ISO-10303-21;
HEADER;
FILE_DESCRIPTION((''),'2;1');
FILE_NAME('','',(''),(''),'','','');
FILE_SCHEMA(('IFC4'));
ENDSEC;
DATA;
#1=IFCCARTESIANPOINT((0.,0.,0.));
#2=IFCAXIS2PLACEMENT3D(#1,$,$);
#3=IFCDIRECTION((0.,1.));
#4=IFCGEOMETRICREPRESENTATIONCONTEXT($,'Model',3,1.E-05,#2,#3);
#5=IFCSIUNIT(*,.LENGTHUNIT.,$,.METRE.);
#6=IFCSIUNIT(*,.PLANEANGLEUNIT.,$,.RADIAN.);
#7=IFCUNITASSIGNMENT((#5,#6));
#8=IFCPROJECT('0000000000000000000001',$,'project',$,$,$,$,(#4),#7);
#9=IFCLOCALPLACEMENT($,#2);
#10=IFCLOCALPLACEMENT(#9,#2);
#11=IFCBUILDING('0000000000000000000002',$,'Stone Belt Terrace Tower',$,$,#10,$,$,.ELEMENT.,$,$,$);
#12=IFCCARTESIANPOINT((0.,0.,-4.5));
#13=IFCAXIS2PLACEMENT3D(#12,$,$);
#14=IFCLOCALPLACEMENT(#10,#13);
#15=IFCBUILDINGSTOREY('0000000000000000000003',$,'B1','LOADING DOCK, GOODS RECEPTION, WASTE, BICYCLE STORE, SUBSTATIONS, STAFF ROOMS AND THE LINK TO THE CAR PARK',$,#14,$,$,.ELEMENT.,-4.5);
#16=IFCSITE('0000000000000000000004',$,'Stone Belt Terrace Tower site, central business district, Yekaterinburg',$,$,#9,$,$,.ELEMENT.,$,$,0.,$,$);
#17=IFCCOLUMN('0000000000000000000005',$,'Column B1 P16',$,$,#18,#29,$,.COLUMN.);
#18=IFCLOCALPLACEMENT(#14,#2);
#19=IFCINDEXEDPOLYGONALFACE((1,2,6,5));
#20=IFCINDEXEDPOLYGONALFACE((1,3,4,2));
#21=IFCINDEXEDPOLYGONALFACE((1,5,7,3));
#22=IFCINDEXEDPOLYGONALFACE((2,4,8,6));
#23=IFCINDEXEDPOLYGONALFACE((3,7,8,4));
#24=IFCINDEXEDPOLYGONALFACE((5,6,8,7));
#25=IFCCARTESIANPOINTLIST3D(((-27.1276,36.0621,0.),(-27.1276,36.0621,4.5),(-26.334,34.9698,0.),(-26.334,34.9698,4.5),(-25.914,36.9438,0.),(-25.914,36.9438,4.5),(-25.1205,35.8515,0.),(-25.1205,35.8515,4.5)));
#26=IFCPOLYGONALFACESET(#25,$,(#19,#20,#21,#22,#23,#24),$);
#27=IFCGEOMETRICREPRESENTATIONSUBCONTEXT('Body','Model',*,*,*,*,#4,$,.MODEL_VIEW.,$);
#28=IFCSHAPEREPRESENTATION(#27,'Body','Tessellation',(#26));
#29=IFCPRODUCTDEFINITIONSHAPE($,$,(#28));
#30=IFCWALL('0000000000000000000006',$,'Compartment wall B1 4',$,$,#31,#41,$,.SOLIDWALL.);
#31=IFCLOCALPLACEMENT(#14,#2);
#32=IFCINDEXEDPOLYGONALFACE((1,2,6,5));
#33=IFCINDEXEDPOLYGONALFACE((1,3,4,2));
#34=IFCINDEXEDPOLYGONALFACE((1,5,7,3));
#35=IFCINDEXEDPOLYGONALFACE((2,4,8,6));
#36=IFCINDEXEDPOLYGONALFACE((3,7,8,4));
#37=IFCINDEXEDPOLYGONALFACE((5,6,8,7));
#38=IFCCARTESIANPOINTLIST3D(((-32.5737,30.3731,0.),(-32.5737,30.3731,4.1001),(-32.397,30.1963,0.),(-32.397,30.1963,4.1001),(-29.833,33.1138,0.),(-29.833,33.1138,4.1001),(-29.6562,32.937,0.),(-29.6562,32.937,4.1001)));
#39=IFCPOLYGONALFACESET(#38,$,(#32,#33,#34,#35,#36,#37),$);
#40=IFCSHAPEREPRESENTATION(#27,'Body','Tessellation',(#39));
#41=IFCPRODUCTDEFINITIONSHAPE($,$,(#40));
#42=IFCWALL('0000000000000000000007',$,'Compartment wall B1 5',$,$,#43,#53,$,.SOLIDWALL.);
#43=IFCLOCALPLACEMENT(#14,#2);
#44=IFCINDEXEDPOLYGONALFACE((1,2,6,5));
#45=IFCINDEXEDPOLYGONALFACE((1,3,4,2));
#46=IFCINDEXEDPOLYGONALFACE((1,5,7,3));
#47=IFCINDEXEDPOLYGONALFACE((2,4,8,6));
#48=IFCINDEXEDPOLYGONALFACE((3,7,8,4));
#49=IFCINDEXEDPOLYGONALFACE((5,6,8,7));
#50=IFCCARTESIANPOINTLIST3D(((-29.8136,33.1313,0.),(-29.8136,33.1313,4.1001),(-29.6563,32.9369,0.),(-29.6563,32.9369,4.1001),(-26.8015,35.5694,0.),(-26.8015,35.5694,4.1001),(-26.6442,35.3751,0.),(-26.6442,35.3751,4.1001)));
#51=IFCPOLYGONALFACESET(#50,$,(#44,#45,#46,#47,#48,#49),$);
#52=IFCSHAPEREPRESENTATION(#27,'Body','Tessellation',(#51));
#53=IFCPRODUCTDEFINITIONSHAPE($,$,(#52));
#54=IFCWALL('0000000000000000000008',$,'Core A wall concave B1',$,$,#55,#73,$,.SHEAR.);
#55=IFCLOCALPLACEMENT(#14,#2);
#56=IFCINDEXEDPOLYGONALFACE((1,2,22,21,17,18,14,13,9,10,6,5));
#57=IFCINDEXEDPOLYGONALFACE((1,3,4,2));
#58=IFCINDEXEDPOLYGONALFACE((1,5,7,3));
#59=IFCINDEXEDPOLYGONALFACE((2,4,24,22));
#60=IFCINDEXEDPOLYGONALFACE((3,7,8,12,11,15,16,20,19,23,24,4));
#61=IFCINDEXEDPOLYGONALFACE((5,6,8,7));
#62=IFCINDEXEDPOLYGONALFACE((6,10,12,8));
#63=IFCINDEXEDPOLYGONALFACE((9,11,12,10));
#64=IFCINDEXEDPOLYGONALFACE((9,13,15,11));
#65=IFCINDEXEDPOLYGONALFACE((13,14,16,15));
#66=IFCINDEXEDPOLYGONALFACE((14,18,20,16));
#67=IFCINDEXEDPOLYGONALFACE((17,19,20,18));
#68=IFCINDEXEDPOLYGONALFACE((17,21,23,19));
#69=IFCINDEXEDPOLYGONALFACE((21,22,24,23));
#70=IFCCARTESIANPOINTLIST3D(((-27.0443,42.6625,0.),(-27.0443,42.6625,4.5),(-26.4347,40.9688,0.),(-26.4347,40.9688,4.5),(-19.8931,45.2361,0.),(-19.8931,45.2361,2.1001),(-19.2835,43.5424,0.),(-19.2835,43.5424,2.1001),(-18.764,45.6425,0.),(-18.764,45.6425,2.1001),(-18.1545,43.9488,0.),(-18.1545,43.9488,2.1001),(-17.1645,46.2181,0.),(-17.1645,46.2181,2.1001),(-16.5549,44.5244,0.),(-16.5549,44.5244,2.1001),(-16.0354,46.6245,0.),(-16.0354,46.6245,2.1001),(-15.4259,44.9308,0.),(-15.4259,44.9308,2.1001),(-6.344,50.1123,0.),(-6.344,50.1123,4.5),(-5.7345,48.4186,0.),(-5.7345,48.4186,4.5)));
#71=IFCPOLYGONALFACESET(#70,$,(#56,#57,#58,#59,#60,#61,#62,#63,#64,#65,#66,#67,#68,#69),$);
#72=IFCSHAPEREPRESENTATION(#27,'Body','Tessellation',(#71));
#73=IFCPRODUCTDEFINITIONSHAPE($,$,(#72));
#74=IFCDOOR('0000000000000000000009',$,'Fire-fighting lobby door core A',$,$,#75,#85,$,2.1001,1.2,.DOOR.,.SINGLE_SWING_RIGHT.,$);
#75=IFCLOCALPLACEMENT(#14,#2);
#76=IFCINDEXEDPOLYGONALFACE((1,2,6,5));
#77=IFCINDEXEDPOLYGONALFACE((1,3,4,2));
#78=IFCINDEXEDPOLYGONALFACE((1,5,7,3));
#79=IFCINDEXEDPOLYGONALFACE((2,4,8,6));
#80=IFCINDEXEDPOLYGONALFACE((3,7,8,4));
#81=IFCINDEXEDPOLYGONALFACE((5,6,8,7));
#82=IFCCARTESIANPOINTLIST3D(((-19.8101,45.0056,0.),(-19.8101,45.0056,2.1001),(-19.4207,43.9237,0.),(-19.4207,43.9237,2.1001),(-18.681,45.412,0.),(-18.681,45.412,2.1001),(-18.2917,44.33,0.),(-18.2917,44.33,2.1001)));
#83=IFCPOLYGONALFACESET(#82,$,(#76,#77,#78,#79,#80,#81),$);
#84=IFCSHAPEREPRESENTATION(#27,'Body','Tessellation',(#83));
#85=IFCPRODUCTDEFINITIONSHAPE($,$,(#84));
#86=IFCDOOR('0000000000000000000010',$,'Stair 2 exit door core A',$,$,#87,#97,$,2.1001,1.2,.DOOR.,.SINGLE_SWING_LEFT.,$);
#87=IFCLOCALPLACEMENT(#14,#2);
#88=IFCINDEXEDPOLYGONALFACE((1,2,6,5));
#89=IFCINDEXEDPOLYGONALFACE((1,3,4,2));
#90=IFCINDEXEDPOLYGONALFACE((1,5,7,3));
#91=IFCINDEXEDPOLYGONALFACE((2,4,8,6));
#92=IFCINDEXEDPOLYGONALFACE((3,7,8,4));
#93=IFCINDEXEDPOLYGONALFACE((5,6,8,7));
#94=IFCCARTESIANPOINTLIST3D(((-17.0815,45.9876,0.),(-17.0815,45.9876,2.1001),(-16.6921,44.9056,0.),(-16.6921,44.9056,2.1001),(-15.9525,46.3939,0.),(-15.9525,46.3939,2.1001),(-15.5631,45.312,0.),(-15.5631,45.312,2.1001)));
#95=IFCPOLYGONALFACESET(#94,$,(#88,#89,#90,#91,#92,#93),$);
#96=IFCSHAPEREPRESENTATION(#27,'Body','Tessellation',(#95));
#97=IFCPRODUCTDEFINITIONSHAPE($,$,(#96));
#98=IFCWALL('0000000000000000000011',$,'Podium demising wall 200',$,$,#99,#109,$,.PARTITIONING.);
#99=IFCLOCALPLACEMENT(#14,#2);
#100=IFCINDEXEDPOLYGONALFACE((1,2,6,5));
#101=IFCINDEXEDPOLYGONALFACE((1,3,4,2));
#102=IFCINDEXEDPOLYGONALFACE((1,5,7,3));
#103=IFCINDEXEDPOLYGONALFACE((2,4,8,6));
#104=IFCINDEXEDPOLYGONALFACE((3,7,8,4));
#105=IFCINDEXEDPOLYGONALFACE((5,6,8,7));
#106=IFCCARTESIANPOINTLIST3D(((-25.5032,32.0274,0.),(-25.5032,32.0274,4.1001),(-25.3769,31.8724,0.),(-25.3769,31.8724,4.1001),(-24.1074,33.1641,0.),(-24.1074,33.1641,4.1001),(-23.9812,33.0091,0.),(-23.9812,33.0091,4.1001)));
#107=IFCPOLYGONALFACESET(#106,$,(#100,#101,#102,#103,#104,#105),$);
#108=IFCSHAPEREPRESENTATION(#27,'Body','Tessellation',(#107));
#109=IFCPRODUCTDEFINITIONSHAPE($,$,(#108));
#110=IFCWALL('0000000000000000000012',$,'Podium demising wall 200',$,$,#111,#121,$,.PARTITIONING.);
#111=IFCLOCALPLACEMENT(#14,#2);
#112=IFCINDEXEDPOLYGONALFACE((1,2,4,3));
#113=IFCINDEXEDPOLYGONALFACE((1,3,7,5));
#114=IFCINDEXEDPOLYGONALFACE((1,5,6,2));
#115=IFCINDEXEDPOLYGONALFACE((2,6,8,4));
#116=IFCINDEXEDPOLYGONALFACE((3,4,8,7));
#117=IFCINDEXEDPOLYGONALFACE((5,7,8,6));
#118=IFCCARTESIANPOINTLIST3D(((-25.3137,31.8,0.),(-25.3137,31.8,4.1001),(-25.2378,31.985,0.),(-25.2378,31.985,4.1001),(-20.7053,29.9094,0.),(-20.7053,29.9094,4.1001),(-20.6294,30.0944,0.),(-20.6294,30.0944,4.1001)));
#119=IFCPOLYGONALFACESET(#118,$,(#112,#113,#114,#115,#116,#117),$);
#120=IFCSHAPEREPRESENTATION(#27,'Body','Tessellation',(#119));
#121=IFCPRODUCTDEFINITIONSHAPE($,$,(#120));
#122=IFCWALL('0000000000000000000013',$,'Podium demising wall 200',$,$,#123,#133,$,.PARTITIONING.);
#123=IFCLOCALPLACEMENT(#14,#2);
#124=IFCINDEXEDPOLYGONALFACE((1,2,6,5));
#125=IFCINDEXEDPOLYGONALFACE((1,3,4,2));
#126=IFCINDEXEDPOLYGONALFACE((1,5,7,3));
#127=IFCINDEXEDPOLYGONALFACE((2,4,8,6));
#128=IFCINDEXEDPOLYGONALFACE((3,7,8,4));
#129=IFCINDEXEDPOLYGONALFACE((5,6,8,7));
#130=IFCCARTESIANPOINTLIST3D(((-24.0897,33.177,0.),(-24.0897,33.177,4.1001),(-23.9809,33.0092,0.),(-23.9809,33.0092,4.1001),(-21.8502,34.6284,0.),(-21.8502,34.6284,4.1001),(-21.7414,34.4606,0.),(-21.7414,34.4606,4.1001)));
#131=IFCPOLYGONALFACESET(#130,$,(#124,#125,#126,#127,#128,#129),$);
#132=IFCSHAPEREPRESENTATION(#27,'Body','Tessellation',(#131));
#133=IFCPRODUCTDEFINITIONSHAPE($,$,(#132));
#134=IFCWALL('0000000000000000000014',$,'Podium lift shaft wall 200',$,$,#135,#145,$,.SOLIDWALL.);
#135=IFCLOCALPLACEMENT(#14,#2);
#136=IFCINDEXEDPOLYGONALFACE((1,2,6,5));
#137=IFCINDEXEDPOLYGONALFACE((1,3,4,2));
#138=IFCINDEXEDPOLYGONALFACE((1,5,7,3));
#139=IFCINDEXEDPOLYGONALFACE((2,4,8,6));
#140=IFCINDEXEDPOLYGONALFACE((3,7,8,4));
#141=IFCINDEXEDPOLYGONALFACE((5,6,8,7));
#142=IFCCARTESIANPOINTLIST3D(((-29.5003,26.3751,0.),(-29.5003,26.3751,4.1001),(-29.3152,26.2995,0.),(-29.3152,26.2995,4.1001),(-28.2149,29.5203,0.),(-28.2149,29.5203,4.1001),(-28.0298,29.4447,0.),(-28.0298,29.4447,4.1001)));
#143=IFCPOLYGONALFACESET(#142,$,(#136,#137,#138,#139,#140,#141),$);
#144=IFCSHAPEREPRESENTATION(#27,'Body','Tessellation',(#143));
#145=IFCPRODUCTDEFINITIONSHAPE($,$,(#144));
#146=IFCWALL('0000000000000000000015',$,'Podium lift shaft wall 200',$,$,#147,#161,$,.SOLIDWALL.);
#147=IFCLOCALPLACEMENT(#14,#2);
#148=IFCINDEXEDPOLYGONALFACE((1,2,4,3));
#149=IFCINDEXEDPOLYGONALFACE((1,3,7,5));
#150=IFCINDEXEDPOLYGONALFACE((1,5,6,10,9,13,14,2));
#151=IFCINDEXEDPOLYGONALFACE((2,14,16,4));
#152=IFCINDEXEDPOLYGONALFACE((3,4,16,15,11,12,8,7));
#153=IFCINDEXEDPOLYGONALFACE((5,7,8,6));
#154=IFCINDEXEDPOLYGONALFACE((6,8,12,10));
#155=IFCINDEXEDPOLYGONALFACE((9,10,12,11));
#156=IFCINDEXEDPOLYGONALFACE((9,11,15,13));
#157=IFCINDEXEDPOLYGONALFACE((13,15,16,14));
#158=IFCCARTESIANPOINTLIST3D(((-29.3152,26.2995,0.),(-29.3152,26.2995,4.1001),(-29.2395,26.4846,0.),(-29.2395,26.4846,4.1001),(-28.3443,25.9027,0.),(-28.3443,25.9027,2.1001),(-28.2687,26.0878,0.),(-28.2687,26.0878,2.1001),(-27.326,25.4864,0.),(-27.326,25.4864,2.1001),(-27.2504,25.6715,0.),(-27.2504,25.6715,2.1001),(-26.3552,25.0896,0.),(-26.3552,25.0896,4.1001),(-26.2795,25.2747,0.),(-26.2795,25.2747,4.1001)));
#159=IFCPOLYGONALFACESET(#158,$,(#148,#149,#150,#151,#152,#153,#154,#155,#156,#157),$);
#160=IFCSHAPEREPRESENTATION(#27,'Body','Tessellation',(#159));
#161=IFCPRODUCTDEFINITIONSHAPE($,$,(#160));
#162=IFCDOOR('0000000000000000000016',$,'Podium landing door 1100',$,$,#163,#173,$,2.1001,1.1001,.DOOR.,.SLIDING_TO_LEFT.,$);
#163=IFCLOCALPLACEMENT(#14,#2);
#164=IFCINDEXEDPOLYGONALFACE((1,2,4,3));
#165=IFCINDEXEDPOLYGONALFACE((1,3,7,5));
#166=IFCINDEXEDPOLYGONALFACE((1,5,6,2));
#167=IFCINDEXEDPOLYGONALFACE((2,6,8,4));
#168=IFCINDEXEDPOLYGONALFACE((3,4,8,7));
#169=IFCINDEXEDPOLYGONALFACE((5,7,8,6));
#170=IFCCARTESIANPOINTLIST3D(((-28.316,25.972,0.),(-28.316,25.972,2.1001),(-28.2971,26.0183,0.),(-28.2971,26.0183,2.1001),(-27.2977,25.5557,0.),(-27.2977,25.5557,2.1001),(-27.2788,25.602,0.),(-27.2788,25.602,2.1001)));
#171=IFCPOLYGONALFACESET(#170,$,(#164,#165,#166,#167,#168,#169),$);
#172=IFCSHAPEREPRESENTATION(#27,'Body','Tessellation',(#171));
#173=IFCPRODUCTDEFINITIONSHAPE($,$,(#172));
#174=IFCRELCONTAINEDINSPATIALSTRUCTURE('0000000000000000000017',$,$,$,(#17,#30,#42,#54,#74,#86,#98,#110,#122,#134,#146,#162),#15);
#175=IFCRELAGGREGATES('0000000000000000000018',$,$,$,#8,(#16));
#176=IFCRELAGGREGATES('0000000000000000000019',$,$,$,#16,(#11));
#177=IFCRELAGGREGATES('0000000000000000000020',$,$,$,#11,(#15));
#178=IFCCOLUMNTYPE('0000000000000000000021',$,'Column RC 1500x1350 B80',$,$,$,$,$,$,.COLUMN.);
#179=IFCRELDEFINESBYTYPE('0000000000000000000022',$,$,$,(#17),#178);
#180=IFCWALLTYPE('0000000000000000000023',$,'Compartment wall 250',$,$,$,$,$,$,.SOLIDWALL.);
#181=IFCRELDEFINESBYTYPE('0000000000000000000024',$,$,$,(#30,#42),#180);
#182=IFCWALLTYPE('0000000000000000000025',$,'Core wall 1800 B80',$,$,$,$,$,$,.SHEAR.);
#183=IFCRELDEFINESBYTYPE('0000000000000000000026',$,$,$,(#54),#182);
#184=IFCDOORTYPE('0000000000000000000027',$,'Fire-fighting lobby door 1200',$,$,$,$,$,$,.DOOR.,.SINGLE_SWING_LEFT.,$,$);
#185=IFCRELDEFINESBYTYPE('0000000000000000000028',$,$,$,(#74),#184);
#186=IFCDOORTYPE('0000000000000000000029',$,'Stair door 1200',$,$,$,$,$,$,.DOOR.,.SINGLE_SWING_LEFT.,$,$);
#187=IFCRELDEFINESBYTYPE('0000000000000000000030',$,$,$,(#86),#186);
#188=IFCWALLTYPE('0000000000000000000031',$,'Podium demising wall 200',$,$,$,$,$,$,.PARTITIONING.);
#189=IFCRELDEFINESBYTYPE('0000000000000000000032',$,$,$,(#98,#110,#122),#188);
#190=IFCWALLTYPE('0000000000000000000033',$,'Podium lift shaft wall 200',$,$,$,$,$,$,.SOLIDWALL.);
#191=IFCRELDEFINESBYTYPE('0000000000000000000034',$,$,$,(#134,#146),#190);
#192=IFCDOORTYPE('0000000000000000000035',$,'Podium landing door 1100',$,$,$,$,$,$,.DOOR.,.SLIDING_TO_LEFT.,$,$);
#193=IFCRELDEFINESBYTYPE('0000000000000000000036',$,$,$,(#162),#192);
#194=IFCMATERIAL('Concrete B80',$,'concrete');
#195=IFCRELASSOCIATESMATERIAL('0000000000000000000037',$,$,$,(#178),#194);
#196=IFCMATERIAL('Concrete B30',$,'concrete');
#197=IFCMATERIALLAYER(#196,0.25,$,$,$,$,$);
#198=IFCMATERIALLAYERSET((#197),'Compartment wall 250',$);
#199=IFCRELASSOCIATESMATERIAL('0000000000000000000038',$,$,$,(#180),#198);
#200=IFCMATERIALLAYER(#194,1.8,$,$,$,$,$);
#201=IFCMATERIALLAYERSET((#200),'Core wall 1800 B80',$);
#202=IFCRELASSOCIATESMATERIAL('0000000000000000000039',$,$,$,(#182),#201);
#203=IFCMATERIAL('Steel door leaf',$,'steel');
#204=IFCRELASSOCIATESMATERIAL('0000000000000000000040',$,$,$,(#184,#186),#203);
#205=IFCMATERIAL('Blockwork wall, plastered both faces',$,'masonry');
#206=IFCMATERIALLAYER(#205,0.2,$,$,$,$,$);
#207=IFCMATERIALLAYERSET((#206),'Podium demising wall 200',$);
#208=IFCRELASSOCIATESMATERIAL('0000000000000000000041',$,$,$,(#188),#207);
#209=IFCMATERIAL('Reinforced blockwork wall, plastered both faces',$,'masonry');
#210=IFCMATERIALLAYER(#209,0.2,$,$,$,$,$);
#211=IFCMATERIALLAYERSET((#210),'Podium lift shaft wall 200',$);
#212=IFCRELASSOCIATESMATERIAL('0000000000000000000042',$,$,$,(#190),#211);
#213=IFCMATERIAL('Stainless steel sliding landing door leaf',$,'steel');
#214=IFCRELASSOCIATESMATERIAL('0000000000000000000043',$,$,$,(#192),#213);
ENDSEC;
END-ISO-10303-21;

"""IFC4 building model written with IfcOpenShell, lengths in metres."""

from ifc_helpers import new_model, si_unit, direction, frame, frame_2d, origin, origin_2d, place, context, subcontext, project, spatial, rectangle, extrude, material, layer, layer_set, material_profile, profile_set, type_object, element, fill, save


model = new_model("IFC4")

# Units and contexts
model_context = context("Model", 3, precision=1e-05, world=origin(), true_north=direction((0.0, 1.0)))
body_context = subcontext(model_context, "Body", "Model", "MODEL_VIEW")
ifc_project = project(units=[si_unit("LENGTHUNIT", "METRE"), si_unit("PLANEANGLEUNIT", "RADIAN")], contexts=[model_context])

# Site, building, storey
site_placement = place(None, origin())
site = spatial("IfcSite", under=ifc_project, at=site_placement, Name="Stone Belt Terrace Tower site, central business district, Yekaterinburg", CompositionType="ELEMENT", RefElevation=0.0)
building_placement = place(site_placement, origin())
building = spatial("IfcBuilding", under=site, at=building_placement, Name="Stone Belt Terrace Tower", CompositionType="ELEMENT")
storey_placement = place(building_placement, frame((0.0, 0.0, -4.5)))
storey = spatial("IfcBuildingStorey", under=building, at=storey_placement, Name="B1", Description="LOADING DOCK, GOODS RECEPTION, WASTE, BICYCLE STORE, SUBSTATIONS, STAFF ROOMS AND THE LINK TO THE CAR PARK", CompositionType="ELEMENT", Elevation=-4.5)

# Column
ifc_material_1 = material(Name="Concrete B80", Category="concrete")
ifc_material_profile = material_profile(ifc_material_1, rectangle(XDim=1.5, YDim=1.3501, at=origin_2d()), Name="RC 1500x1350")
ifc_profile_set = profile_set([ifc_material_profile], Name="Concrete B80")
column_type = type_object("IfcColumnType", Name="Column RC 1500x1350 B80", PredefinedType="COLUMN", material=ifc_profile_set)
column_placement = place(storey_placement, frame((-26.124, 35.9568, 0.0), z_axis=(0.0, 0.0, 1.0), x_axis=(0.809017, 0.587785, 0.0)))
element("IfcColumn", 1, at=column_placement, inside=storey, type_object=column_type, Name="Column B1 P16", PredefinedType="COLUMN", context=body_context, shape_type="SweptSolid", body=[
    extrude(rectangle(XDim=1.5, YDim=1.3501, at=origin_2d()), origin(), (0.0, 0.0, 1.0), 4.5),
])

# Walls
ifc_material_2 = material(Name="Concrete B30", Category="concrete")
ifc_layer_1 = layer(ifc_material_2, 0.25)
ifc_layer_set_1 = layer_set([ifc_layer_1], Name="Compartment wall 250")
wall_type_1 = type_object("IfcWallType", Name="Compartment wall 250", PredefinedType="SOLIDWALL", material=ifc_layer_set_1)
wall_1_placement = place(storey_placement, frame((-32.4854, 30.2847, 0.0), z_axis=(0.0, 0.0, 1.0), x_axis=(0.707107, 0.707107, 0.0)))
element("IfcWall", 2, at=wall_1_placement, inside=storey, type_object=wall_type_1, Name="Compartment wall B1 4", PredefinedType="SOLIDWALL", context=body_context, shape_type="SweptSolid", body=[
    extrude(rectangle(XDim=3.876, YDim=0.25, at=frame_2d((1.938, 0.0))), origin(), (0.0, 0.0, 1.0), 4.1001),
])
wall_2_placement = place(storey_placement, frame((-29.7349, 33.0342, 0.0), z_axis=(0.0, 0.0, 1.0), x_axis=(0.777273, 0.629164, 0.0)))
element("IfcWall", 3, at=wall_2_placement, inside=storey, type_object=wall_type_1, Name="Compartment wall B1 5", PredefinedType="SOLIDWALL", context=body_context, shape_type="SweptSolid", body=[
    extrude(rectangle(XDim=3.8752, YDim=0.25, at=frame_2d((1.9375, 0.0))), origin(), (0.0, 0.0, 1.0), 4.1001),
])

# Wall, openings, doors
ifc_layer_2 = layer(ifc_material_1, 1.8)
ifc_layer_set_2 = layer_set([ifc_layer_2], Name="Core wall 1800 B80")
wall_type_2 = type_object("IfcWallType", Name="Core wall 1800 B80", PredefinedType="SHEAR", material=ifc_layer_set_2)
wall_3_placement = place(storey_placement, frame((-26.7395, 41.8157, 0.0), z_axis=(0.0, 0.0, 1.0), x_axis=(0.940922, 0.338624, 0.0)))
wall_3 = element("IfcWall", 4, at=wall_3_placement, inside=storey, type_object=wall_type_2, Name="Core A wall concave B1", PredefinedType="SHEAR", context=body_context, shape_type="SweptSolid", body=[
    extrude(rectangle(XDim=22.0, YDim=1.8, at=frame_2d((11.0, 0.0))), origin(), (0.0, 0.0, 1.0), 4.5),
])
opening_1_placement = place(wall_3_placement, frame((7.6001, 0.0, 0.0)))
opening_1 = element("IfcOpeningElement", 5, at=opening_1_placement, cuts=wall_3, PredefinedType="OPENING", context=body_context, shape_type="SweptSolid", body=[
    extrude(rectangle(XDim=1.2, YDim=2.1001, at=frame_2d((0.6001, 1.05))), frame((0.0, 0.9099, 0.0), z_axis=(0.0, -1.0, 0.0), x_axis=(1.0, 0.0, 0.0)), (0.0, 0.0, 1.0), 1.8201),
])
opening_2_placement = place(wall_3_placement, frame((10.5, 0.0, 0.0)))
opening_2 = element("IfcOpeningElement", 6, at=opening_2_placement, cuts=wall_3, PredefinedType="OPENING", context=body_context, shape_type="SweptSolid", body=[
    extrude(rectangle(XDim=1.2, YDim=2.1001, at=frame_2d((0.6001, 1.05))), frame((0.0, 0.9099, 0.0), z_axis=(0.0, -1.0, 0.0), x_axis=(1.0, 0.0, 0.0)), (0.0, 0.0, 1.0), 1.8201),
])
ifc_material_3 = material(Name="Steel door leaf", Category="steel")
door_type_1 = type_object("IfcDoorType", Name="Fire-fighting lobby door 1200", OperationType="SINGLE_SWING_LEFT", PredefinedType="DOOR", material=ifc_material_3)
door_1_placement = place(opening_1_placement, origin())
door_1 = element("IfcDoor", 7, at=door_1_placement, inside=storey, type_object=door_type_1, Name="Fire-fighting lobby door core A", OperationType="SINGLE_SWING_RIGHT", OverallHeight=2.1001, OverallWidth=1.2, PredefinedType="DOOR", context=body_context, shape_type="SweptSolid", body=[
    extrude(rectangle(XDim=1.2, YDim=2.1001, at=frame_2d((0.6001, 1.05))), frame((0.0, 0.655, 0.0), z_axis=(0.0, -1.0, 0.0), x_axis=(1.0, 0.0, 0.0)), (0.0, 0.0, 1.0), 1.1499),
])
fill(opening_1, door_1)
door_type_2 = type_object("IfcDoorType", Name="Stair door 1200", OperationType="SINGLE_SWING_LEFT", PredefinedType="DOOR", material=ifc_material_3)
door_2_placement = place(opening_2_placement, origin())
door_2 = element("IfcDoor", 8, at=door_2_placement, inside=storey, type_object=door_type_2, Name="Stair 2 exit door core A", OperationType="SINGLE_SWING_LEFT", OverallHeight=2.1001, OverallWidth=1.2, PredefinedType="DOOR", context=body_context, shape_type="SweptSolid", body=[
    extrude(rectangle(XDim=1.2, YDim=2.1001, at=frame_2d((0.6001, 1.05))), frame((0.0, 0.655, 0.0), z_axis=(0.0, -1.0, 0.0), x_axis=(1.0, 0.0, 0.0)), (0.0, 0.0, 1.0), 1.1499),
])
fill(opening_2, door_2)

# Walls
ifc_material_4 = material(Name="Blockwork wall, plastered both faces", Category="masonry")
ifc_layer_3 = layer(ifc_material_4, 0.2)
ifc_layer_set_3 = layer_set([ifc_layer_3], Name="Podium demising wall 200")
wall_type_3 = type_object("IfcWallType", Name="Podium demising wall 200", PredefinedType="PARTITIONING", material=ifc_layer_set_3)
wall_4_placement = place(storey_placement, frame((-25.4399, 31.95, 0.0), z_axis=(0.0, 0.0, 1.0), x_axis=(0.775387, 0.631486, 0.0)))
element("IfcWall", 9, at=wall_4_placement, inside=storey, type_object=wall_type_3, Name="Podium demising wall 200", PredefinedType="PARTITIONING", context=body_context, shape_type="SweptSolid", body=[
    extrude(rectangle(XDim=1.8, YDim=0.2, at=frame_2d((0.8999, 0.0))), origin(), (0.0, 0.0, 1.0), 4.1001),
])
wall_5_placement = place(storey_placement, frame((-25.2759, 31.8926, 0.0), z_axis=(0.0, 0.0, 1.0), x_axis=(0.925169, -0.379556, 0.0)))
element("IfcWall", 10, at=wall_5_placement, inside=storey, type_object=wall_type_3, Name="Podium demising wall 200", PredefinedType="PARTITIONING", context=body_context, shape_type="SweptSolid", body=[
    extrude(rectangle(XDim=4.9812, YDim=0.2, at=frame_2d((2.4907, 0.0))), origin(), (0.0, 0.0, 1.0), 4.1001),
])
wall_6_placement = place(storey_placement, frame((-24.0354, 33.093, 0.0), z_axis=(0.0, 0.0, 1.0), x_axis=(0.839172, 0.543866, 0.0)))
element("IfcWall", 11, at=wall_6_placement, inside=storey, type_object=wall_type_3, Name="Podium demising wall 200", PredefinedType="PARTITIONING", context=body_context, shape_type="SweptSolid", body=[
    extrude(rectangle(XDim=2.6687, YDim=0.2, at=frame_2d((1.3345, 0.0))), origin(), (0.0, 0.0, 1.0), 4.1001),
])
ifc_material_5 = material(Name="Reinforced blockwork wall, plastered both faces", Category="masonry")
ifc_layer_4 = layer(ifc_material_5, 0.2)
ifc_layer_set_4 = layer_set([ifc_layer_4], Name="Podium lift shaft wall 200")
wall_type_4 = type_object("IfcWallType", Name="Podium lift shaft wall 200", PredefinedType="SOLIDWALL", material=ifc_layer_set_4)
wall_7_placement = place(storey_placement, frame((-29.4077, 26.3374, 0.0), z_axis=(0.0, 0.0, 1.0), x_axis=(0.378305, 0.925681, 0.0)))
element("IfcWall", 12, at=wall_7_placement, inside=storey, type_object=wall_type_4, Name="Podium lift shaft wall 200", PredefinedType="SOLIDWALL", context=body_context, shape_type="SweptSolid", body=[
    extrude(rectangle(XDim=3.3977, YDim=0.2, at=frame_2d((1.6987, 0.0))), origin(), (0.0, 0.0, 1.0), 4.1001),
])

# Wall, opening, door
wall_8_placement = place(storey_placement, frame((-29.2773, 26.3921, 0.0), z_axis=(0.0, 0.0, 1.0), x_axis=(0.925649, -0.378383, 0.0)))
wall_8 = element("IfcWall", 13, at=wall_8_placement, inside=storey, type_object=wall_type_4, Name="Podium lift shaft wall 200", PredefinedType="SOLIDWALL", context=body_context, shape_type="SweptSolid", body=[
    extrude(rectangle(XDim=3.1978, YDim=0.2, at=frame_2d((1.5989, 0.0))), origin(), (0.0, 0.0, 1.0), 4.1001),
])
opening_3_placement = place(wall_8_placement, frame((1.0488, 0.0, 0.0)))
opening_3 = element("IfcOpeningElement", 14, at=opening_3_placement, cuts=wall_8, PredefinedType="OPENING", context=body_context, shape_type="SweptSolid", body=[
    extrude(rectangle(XDim=1.1001, YDim=2.1001, at=frame_2d((0.55, 1.05))), frame((0.0, 0.1099, 0.0), z_axis=(0.0, -1.0, 0.0), x_axis=(1.0, 0.0, 0.0)), (0.0, 0.0, 1.0), 0.22),
])
ifc_material_6 = material(Name="Stainless steel sliding landing door leaf", Category="steel")
door_type_3 = type_object("IfcDoorType", Name="Podium landing door 1100", OperationType="SLIDING_TO_LEFT", PredefinedType="DOOR", material=ifc_material_6)
door_3_placement = place(opening_3_placement, origin())
door_3 = element("IfcDoor", 15, at=door_3_placement, inside=storey, type_object=door_type_3, Name="Podium landing door 1100", OperationType="SLIDING_TO_LEFT", OverallHeight=2.1001, OverallWidth=1.1001, PredefinedType="DOOR", context=body_context, shape_type="SweptSolid", body=[
    extrude(rectangle(XDim=1.1001, YDim=2.1001, at=frame_2d((0.55, 1.05))), frame((0.0, 0.0249, 0.0), z_axis=(0.0, -1.0, 0.0), x_axis=(1.0, 0.0, 0.0)), (0.0, 0.0, 1.0), 0.05),
])
fill(opening_3, door_3)

save(model, "model.ifc")
